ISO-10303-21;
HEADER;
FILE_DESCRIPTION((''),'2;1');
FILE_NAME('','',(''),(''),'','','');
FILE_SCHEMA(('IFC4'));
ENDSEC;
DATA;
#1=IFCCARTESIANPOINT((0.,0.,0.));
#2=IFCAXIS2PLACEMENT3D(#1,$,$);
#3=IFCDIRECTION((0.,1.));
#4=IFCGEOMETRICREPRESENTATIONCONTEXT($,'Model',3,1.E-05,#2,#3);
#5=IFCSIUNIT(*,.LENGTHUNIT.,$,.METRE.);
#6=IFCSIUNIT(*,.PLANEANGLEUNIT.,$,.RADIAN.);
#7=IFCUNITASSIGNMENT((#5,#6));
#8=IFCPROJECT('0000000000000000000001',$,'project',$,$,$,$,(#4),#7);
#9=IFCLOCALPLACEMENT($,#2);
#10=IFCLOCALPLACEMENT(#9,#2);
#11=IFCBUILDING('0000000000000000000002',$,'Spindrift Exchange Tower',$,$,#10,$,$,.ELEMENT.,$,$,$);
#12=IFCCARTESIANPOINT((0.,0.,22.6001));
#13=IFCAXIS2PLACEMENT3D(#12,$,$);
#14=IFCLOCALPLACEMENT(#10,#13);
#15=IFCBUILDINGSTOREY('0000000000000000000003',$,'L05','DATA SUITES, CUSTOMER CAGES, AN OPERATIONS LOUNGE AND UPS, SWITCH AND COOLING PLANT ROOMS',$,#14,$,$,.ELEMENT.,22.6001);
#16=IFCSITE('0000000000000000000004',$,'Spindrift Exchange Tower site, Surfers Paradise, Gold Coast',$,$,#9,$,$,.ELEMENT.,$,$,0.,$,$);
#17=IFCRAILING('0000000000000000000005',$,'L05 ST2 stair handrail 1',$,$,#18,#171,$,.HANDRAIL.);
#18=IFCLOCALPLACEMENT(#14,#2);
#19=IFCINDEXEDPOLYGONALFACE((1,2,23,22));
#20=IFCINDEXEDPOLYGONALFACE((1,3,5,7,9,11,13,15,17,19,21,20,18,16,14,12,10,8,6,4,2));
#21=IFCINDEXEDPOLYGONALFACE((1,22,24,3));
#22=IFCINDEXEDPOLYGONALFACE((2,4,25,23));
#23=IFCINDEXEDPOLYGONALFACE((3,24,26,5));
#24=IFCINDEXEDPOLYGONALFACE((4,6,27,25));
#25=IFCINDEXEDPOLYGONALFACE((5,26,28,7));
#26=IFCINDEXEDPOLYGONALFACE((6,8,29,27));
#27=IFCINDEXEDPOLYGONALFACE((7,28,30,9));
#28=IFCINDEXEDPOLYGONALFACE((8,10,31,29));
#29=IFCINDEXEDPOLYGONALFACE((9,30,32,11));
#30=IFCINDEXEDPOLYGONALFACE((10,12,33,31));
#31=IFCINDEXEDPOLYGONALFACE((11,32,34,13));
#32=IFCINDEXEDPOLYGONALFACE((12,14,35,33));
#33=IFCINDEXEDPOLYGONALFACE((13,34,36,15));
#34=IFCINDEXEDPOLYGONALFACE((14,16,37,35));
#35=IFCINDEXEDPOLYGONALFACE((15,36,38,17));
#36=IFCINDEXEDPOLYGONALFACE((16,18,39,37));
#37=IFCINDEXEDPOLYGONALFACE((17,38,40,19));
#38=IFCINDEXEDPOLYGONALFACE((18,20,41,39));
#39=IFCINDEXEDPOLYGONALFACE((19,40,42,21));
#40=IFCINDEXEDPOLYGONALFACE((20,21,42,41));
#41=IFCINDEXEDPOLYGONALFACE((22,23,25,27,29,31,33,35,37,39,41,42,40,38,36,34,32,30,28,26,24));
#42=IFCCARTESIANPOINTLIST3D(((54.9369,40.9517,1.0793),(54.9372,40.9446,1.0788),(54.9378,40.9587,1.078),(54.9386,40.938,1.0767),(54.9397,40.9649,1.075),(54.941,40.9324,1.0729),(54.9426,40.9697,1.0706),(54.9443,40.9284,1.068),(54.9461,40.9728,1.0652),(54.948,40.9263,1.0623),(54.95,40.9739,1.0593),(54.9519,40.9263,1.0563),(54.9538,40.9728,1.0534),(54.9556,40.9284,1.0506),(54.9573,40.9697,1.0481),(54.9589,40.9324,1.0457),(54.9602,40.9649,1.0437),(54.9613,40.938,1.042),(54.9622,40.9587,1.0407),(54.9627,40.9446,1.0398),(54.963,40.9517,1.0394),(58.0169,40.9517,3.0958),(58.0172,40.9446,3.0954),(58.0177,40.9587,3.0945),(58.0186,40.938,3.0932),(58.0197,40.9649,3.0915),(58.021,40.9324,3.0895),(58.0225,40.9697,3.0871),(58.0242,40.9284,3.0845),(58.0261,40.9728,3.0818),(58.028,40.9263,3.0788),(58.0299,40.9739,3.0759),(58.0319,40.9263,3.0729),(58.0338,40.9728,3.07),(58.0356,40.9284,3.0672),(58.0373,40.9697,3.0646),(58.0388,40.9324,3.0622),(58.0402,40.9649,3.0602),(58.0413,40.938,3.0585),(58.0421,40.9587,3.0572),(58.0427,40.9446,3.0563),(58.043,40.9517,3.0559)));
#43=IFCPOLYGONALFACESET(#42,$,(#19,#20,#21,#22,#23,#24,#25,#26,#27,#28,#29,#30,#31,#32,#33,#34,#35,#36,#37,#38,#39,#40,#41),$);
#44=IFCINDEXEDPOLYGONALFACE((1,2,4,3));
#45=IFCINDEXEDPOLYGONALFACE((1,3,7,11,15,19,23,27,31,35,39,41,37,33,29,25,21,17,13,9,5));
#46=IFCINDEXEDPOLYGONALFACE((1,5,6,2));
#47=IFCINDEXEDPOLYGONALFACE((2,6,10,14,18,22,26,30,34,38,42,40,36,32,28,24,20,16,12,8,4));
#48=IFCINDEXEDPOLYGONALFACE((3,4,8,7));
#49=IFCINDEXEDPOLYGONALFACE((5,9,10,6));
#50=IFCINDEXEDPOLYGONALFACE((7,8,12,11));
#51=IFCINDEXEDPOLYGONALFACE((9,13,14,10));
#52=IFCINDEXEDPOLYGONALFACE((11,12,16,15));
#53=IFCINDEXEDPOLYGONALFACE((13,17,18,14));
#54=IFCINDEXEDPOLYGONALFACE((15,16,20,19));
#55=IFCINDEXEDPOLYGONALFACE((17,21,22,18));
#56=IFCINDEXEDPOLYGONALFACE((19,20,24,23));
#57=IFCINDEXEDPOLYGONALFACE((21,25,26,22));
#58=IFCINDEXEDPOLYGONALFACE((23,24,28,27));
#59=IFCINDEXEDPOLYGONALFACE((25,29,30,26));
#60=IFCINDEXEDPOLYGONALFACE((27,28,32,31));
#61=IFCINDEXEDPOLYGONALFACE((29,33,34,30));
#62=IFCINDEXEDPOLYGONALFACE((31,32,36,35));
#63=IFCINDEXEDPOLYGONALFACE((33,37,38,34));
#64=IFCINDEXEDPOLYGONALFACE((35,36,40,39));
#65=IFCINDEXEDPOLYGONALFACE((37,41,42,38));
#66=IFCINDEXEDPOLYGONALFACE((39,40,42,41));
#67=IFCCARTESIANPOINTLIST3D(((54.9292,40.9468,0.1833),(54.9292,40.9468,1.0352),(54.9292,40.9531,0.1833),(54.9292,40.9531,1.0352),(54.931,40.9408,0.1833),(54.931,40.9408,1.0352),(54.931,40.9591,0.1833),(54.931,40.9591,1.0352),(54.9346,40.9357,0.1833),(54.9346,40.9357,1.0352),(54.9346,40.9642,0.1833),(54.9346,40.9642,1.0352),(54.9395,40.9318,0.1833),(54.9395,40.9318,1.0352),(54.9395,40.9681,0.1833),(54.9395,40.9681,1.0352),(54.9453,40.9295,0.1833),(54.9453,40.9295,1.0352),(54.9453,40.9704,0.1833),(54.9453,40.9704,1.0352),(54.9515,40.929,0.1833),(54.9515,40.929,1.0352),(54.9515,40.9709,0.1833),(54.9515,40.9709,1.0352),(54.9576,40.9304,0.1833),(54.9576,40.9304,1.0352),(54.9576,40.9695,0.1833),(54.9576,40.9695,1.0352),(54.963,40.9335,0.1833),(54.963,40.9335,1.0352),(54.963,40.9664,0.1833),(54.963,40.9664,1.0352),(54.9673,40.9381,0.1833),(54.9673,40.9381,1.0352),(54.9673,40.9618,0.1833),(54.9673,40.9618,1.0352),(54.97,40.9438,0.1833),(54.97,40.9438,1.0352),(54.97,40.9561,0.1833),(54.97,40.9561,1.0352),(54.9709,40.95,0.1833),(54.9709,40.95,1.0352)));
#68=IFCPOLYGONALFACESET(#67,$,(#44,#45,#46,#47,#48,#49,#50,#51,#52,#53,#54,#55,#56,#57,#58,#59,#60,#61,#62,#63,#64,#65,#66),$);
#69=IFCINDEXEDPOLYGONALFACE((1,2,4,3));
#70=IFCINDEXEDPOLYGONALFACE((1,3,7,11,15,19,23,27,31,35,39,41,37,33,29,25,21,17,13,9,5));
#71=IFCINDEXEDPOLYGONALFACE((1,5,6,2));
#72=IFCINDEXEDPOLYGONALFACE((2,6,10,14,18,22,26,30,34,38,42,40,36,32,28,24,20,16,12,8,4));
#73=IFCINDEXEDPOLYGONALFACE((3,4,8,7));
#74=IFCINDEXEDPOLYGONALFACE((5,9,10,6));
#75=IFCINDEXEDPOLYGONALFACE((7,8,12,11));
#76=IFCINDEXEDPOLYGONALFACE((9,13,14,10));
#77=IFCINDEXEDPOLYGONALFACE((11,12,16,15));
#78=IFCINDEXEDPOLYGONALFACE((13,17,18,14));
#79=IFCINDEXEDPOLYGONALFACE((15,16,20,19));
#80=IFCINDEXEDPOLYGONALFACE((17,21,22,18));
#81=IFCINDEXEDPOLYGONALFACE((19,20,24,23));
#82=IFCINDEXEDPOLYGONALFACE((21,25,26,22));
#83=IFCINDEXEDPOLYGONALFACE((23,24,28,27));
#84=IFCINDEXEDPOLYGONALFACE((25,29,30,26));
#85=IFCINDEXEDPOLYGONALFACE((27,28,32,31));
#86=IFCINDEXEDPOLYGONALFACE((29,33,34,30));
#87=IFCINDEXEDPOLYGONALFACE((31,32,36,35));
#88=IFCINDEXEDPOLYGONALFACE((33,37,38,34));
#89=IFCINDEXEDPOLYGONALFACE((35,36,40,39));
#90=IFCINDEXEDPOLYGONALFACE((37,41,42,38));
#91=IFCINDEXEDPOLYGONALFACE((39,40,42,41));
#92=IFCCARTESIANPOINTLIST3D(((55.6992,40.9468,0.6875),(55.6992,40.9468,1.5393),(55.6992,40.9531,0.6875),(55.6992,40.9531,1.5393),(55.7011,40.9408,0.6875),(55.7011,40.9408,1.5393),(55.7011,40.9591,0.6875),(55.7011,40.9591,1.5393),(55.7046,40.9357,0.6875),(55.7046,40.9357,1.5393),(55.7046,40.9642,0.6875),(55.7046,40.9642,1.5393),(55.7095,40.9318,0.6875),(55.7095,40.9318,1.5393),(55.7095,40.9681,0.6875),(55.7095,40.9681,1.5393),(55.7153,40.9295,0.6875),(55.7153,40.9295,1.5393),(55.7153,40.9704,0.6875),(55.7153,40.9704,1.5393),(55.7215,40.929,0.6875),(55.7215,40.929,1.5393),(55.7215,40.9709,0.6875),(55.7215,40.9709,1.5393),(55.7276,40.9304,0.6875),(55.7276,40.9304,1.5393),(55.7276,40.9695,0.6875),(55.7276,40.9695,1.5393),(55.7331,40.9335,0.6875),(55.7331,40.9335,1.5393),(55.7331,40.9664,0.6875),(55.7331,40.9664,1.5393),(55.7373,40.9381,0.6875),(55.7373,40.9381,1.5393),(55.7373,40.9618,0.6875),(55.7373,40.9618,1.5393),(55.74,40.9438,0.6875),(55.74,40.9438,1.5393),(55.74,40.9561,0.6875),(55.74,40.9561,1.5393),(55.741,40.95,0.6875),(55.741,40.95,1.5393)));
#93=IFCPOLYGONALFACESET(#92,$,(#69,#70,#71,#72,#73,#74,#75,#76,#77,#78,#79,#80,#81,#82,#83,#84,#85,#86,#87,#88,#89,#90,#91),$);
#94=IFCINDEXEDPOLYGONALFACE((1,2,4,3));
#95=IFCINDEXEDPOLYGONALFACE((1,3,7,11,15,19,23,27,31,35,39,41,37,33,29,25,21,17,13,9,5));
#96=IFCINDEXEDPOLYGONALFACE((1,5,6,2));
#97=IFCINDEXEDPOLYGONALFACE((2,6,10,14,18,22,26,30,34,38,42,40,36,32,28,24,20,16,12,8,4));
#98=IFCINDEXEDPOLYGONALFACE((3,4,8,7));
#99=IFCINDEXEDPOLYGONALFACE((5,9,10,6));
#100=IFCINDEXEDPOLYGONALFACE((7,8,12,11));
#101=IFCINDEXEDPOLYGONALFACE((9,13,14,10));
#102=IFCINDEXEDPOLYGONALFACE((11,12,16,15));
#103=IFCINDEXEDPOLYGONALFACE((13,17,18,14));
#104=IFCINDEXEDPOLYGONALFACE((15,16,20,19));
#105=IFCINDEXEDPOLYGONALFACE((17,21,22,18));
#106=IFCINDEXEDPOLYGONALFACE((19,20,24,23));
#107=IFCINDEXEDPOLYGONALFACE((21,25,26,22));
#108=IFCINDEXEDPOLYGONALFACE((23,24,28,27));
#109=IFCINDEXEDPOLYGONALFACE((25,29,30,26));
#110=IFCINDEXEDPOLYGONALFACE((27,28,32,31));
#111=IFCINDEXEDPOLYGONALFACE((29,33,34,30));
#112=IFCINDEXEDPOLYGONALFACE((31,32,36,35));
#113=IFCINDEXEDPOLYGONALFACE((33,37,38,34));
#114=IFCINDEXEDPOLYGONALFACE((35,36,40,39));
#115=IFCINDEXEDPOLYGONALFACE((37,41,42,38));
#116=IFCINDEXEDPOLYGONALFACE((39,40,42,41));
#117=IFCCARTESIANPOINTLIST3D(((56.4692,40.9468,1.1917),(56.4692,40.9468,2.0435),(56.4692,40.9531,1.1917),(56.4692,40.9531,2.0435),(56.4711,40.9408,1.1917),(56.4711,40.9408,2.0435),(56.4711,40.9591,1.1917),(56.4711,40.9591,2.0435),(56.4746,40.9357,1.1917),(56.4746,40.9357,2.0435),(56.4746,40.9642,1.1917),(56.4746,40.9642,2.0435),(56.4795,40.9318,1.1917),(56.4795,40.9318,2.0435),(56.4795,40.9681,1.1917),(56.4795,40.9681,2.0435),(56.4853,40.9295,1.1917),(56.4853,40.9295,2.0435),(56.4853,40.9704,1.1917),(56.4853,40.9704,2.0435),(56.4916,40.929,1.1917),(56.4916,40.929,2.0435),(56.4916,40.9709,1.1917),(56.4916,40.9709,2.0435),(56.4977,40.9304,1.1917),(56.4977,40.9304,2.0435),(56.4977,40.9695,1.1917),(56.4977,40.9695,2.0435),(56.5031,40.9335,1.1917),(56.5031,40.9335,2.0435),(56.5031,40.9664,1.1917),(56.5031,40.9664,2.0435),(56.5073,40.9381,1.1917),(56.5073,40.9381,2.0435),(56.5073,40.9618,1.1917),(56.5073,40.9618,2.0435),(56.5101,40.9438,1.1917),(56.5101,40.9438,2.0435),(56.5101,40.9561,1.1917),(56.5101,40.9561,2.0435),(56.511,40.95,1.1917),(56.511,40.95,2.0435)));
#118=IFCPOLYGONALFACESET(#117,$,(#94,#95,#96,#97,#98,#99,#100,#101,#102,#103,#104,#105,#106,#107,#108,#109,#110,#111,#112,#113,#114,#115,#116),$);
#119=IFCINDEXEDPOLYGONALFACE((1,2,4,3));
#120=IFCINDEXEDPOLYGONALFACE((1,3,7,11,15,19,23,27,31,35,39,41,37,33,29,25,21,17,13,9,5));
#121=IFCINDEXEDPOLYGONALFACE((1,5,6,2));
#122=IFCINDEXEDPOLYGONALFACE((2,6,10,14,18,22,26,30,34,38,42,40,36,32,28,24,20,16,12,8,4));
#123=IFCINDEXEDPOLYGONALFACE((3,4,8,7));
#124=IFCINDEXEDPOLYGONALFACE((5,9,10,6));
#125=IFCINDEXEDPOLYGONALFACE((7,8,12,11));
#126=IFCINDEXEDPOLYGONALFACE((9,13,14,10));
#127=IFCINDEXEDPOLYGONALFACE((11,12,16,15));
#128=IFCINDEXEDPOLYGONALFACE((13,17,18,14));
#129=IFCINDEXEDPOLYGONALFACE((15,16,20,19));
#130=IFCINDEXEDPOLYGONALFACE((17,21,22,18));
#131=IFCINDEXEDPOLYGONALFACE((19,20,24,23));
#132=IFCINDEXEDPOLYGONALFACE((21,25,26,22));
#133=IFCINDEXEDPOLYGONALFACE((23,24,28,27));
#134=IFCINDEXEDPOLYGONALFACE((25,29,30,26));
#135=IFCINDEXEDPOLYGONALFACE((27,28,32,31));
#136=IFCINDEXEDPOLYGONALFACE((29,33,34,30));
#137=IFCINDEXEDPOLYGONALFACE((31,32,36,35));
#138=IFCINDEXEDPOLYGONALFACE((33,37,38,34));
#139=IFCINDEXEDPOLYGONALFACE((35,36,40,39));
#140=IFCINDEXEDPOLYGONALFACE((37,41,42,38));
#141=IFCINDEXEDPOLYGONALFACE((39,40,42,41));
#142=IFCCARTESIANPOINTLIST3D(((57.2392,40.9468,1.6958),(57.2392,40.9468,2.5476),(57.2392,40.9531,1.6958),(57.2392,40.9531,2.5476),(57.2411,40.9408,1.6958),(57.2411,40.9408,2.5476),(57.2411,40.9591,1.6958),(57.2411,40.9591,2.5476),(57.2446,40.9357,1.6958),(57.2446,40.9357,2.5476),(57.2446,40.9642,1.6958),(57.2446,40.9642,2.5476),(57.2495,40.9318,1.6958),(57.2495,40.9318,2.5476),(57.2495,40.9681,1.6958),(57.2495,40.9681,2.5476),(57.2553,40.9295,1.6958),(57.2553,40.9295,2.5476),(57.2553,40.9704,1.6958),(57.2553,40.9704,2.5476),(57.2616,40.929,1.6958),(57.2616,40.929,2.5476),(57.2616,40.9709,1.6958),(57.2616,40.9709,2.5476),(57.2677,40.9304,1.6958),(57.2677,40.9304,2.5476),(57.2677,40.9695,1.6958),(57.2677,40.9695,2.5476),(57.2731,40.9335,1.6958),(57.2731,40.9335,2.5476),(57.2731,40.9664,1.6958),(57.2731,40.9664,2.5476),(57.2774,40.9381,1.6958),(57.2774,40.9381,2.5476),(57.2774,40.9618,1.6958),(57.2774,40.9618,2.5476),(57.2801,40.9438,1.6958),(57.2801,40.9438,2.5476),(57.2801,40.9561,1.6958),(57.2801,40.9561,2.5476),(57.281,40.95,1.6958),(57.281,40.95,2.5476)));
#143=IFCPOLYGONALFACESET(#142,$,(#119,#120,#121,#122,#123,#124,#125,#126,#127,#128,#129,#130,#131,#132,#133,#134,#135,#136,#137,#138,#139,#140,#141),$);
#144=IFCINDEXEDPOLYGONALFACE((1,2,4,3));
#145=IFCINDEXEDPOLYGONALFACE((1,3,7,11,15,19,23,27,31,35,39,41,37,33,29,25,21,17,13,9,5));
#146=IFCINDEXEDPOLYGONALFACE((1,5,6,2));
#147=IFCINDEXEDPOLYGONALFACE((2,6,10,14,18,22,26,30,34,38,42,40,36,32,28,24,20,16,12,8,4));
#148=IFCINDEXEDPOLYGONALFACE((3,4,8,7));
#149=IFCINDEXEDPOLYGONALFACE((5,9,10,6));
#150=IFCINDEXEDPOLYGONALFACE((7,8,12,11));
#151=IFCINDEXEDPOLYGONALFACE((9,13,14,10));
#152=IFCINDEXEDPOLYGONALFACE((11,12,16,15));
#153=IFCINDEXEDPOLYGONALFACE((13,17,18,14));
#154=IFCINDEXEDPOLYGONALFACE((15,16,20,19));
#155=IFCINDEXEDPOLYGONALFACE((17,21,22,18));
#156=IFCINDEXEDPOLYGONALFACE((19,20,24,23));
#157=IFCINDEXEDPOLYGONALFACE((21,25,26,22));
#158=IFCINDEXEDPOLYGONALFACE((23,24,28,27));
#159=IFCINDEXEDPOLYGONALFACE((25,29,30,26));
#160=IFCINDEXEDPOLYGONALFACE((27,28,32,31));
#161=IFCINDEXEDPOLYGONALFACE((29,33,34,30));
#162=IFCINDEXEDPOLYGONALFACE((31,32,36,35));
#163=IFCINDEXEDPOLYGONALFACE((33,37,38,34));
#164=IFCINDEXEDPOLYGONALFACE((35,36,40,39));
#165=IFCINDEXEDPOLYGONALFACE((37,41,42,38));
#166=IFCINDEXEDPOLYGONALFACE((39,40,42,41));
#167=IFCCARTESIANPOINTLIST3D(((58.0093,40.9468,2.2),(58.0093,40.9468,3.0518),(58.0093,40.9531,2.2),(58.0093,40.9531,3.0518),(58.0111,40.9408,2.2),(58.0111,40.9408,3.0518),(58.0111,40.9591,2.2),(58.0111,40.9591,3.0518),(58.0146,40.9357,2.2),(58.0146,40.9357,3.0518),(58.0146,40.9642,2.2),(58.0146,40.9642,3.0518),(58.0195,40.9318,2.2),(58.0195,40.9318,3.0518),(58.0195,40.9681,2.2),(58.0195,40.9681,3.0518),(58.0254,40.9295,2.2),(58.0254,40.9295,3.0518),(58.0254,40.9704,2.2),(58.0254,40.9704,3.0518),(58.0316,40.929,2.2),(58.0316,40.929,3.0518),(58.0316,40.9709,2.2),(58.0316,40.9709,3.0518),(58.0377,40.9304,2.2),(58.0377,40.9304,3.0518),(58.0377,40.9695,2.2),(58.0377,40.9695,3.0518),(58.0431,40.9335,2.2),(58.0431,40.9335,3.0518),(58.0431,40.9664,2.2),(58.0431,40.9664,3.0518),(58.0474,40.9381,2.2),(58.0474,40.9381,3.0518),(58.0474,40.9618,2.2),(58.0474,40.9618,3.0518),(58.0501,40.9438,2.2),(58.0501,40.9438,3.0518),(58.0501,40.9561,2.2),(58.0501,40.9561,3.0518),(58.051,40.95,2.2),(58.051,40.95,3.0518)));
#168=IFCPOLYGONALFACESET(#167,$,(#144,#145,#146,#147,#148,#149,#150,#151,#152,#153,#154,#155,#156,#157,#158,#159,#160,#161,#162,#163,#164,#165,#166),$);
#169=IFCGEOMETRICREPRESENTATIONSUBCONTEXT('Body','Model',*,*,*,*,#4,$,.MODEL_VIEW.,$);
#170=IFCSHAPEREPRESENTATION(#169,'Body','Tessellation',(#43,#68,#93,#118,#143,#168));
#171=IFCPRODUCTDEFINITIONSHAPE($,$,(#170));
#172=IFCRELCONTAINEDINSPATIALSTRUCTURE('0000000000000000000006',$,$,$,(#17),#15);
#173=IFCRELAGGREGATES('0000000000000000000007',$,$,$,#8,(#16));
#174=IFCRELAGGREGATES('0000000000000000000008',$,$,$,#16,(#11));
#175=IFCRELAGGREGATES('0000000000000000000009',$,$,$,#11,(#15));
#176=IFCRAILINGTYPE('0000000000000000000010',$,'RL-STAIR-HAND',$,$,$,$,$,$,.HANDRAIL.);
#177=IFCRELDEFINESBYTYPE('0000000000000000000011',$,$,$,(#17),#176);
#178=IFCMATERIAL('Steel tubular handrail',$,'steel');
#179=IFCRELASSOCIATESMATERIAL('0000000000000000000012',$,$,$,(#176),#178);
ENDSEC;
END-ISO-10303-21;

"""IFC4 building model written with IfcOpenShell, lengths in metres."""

from ifc_helpers import new_model, si_unit, direction, frame, origin, origin_2d, place, context, subcontext, project, spatial, circle, extrude, material, type_object, element, save


model = new_model("IFC4")

# Units and contexts
model_context = context("Model", 3, precision=1e-05, world=origin(), true_north=direction((0.0, 1.0)))
body_context = subcontext(model_context, "Body", "Model", "MODEL_VIEW")
ifc_project = project(units=[si_unit("LENGTHUNIT", "METRE"), si_unit("PLANEANGLEUNIT", "RADIAN")], contexts=[model_context])

# Site, building, storey
site_placement = place(None, origin())
site = spatial("IfcSite", under=ifc_project, at=site_placement, Name="Spindrift Exchange Tower site, Surfers Paradise, Gold Coast", CompositionType="ELEMENT", RefElevation=0.0)
building_placement = place(site_placement, origin())
building = spatial("IfcBuilding", under=site, at=building_placement, Name="Spindrift Exchange Tower", CompositionType="ELEMENT")
storey_placement = place(building_placement, frame((0.0, 0.0, 22.6001)))
storey = spatial("IfcBuildingStorey", under=building, at=storey_placement, Name="L05", Description="DATA SUITES, CUSTOMER CAGES, AN OPERATIONS LOUNGE AND UPS, SWITCH AND COOLING PLANT ROOMS", CompositionType="ELEMENT", Elevation=22.6001)

# Railing
ifc_material_1 = material(Name="Steel tubular handrail", Category="steel")
railing_type_1 = type_object("IfcRailingType", Name="RL-STAIR-HAND", PredefinedType="HANDRAIL", material=ifc_material_1)
railing_1_placement = place(storey_placement, frame((54.95, 40.95, 0.1833)))
element("IfcRailing", 1, at=railing_1_placement, inside=storey, type_object=railing_type_1, Name="L05 ST2 stair handrail 1", PredefinedType="HANDRAIL", context=body_context, shape_type="SweptSolid", body=[
    extrude(circle(Radius=0.0239, at=origin_2d()), frame((0.0, 0.0, 0.876), z_axis=(0.836633, 0.0, 0.547764), x_axis=(0.0, 1.0, 0.0)), (0.0, 0.0, 1.0), 3.6814),
    extrude(circle(Radius=0.021, at=origin_2d()), origin(), (0.0, 0.0, 1.0), 0.8518),
    extrude(circle(Radius=0.021, at=origin_2d()), frame((0.77, 0.0, 0.5042)), (0.0, 0.0, 1.0), 0.8518),
    extrude(circle(Radius=0.021, at=origin_2d()), frame((1.54, 0.0, 1.0083)), (0.0, 0.0, 1.0), 0.8518),
    extrude(circle(Radius=0.021, at=origin_2d()), frame((2.3101, 0.0, 1.5125)), (0.0, 0.0, 1.0), 0.8518),
    extrude(circle(Radius=0.021, at=origin_2d()), frame((3.0801, 0.0, 2.0166)), (0.0, 0.0, 1.0), 0.8518),
])

save(model, "model.ifc")
